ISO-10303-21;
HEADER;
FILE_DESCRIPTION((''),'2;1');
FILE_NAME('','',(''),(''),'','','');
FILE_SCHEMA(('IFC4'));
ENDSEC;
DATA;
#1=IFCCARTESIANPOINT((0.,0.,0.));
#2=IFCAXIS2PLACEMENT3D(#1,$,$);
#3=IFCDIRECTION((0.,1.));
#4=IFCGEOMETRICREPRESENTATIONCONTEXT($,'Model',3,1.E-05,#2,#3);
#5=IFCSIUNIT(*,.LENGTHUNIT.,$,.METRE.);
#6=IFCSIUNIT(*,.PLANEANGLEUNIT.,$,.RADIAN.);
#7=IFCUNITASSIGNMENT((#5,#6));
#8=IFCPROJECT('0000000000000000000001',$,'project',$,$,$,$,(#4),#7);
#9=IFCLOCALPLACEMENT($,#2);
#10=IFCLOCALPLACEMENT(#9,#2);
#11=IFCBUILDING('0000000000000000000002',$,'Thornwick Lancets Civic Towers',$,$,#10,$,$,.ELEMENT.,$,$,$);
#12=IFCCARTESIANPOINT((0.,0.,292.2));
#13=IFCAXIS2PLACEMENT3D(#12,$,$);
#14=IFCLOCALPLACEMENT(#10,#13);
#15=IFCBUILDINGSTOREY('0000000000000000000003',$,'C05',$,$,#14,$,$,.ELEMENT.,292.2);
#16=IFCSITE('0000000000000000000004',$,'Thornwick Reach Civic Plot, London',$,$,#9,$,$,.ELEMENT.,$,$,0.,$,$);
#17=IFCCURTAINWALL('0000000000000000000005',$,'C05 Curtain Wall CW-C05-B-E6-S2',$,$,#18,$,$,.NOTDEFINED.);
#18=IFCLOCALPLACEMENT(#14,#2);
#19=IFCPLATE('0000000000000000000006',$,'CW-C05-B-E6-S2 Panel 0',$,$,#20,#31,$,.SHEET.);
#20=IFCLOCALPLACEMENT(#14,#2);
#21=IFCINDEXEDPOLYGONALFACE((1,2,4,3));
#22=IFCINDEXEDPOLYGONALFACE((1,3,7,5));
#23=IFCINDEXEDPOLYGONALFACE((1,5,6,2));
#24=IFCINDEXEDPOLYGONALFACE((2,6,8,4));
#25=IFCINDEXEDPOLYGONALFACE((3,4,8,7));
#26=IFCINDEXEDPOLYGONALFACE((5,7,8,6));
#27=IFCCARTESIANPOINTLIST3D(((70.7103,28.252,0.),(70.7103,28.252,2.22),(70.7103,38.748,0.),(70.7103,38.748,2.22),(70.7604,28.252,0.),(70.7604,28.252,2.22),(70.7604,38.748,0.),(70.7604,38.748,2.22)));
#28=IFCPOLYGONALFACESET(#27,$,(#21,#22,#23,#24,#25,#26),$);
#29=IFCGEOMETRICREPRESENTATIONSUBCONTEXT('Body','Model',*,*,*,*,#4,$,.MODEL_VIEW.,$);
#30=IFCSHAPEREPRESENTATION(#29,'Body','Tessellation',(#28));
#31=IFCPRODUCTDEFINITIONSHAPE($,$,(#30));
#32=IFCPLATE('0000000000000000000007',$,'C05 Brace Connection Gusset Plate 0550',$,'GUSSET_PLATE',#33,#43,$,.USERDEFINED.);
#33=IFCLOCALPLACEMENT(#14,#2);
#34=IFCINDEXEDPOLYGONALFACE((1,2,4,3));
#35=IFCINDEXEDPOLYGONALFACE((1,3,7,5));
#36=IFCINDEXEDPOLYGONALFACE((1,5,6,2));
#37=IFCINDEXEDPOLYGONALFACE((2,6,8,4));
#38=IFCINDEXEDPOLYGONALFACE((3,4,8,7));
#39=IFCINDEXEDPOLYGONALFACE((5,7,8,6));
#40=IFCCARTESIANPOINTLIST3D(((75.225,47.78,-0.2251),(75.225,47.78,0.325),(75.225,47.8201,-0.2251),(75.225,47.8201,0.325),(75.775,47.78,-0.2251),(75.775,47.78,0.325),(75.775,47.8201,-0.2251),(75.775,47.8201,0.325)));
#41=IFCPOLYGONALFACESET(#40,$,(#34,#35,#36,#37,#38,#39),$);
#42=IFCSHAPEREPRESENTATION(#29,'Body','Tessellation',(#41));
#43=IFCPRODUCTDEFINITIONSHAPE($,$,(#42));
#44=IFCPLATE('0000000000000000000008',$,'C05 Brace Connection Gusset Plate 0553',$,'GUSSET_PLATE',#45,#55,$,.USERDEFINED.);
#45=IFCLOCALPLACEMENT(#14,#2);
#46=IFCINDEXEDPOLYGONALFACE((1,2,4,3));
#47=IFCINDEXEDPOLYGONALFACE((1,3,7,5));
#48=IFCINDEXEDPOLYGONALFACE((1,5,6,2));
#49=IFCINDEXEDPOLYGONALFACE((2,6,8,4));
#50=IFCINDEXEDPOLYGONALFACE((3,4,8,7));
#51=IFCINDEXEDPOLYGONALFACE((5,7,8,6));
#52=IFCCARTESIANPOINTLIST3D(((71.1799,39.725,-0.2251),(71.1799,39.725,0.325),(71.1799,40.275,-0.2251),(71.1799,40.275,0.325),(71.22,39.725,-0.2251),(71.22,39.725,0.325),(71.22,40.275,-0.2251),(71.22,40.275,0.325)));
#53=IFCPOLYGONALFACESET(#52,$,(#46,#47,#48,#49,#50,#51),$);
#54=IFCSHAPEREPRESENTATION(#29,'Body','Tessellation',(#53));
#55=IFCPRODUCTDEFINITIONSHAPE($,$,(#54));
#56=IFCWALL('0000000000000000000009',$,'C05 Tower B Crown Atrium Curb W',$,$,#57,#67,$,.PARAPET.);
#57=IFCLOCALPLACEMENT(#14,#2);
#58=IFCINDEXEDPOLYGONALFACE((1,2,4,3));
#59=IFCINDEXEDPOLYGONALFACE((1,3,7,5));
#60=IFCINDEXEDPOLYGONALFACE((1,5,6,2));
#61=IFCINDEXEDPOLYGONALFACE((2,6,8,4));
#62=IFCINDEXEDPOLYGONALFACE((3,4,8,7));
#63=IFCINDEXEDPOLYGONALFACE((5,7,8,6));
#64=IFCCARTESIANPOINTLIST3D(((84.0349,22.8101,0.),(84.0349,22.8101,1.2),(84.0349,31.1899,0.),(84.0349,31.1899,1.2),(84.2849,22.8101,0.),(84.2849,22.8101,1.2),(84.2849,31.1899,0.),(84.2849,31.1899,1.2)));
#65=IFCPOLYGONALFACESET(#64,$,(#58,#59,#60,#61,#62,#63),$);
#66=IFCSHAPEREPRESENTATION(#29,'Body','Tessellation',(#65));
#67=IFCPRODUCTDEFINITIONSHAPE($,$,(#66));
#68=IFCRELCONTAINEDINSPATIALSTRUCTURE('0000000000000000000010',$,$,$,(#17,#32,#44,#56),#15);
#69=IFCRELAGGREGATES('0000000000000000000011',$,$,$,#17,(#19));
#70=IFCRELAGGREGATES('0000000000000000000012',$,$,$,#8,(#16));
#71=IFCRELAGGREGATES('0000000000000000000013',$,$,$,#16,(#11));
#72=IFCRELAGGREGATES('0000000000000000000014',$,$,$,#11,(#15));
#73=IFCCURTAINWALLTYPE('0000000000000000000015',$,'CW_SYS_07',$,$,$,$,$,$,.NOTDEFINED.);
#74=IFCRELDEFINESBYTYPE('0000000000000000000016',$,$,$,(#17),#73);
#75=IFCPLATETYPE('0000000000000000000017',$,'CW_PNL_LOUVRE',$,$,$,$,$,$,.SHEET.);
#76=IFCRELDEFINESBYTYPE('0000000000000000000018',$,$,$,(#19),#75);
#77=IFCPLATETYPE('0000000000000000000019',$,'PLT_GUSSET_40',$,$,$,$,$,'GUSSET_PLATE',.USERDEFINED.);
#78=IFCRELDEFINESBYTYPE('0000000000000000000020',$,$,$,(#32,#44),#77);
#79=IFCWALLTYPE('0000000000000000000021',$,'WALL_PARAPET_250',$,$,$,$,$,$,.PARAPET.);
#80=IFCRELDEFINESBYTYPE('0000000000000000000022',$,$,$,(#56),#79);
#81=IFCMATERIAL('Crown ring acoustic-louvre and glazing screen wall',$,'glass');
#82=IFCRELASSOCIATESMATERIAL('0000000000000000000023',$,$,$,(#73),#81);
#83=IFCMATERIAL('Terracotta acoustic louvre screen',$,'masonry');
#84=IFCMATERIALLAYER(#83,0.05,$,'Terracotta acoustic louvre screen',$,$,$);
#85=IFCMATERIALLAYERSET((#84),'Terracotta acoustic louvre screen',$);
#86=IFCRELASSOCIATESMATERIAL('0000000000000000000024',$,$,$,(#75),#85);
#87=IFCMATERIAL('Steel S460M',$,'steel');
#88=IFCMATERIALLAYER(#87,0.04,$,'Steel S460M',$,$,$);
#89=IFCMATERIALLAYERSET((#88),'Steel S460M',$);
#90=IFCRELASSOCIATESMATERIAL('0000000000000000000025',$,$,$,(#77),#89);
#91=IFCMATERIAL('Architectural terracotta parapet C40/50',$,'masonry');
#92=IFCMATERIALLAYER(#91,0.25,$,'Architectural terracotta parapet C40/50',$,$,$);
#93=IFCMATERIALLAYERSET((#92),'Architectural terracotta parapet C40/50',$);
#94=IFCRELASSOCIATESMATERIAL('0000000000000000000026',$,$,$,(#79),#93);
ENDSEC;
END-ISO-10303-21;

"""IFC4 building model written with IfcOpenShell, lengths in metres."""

from ifc_helpers import new_model, si_unit, direction, frame, frame_2d, origin, origin_2d, place, context, subcontext, project, spatial, rectangle, extrude, material, layer, layer_set, type_object, element, aggregate, save


model = new_model("IFC4")

# Units and contexts
model_context = context("Model", 3, precision=1e-05, world=origin(), true_north=direction((0.0, 1.0)))
body_context = subcontext(model_context, "Body", "Model", "MODEL_VIEW")
ifc_project = project(units=[si_unit("LENGTHUNIT", "METRE"), si_unit("PLANEANGLEUNIT", "RADIAN")], contexts=[model_context])

# Site, building, storey
site_placement = place(None, origin())
site = spatial("IfcSite", under=ifc_project, at=site_placement, Name="Thornwick Reach Civic Plot, London", CompositionType="ELEMENT", RefElevation=0.0)
building_placement = place(site_placement, origin())
building = spatial("IfcBuilding", under=site, at=building_placement, Name="Thornwick Lancets Civic Towers", CompositionType="ELEMENT")
storey_placement = place(building_placement, frame((0.0, 0.0, 292.2)))
storey = spatial("IfcBuildingStorey", under=building, at=storey_placement, Name="C05", CompositionType="ELEMENT", Elevation=292.2)

# Curtain wall
ifc_material_1 = material(Name="Crown ring acoustic-louvre and glazing screen wall", Category="glass")
curtain_wall_type = type_object("IfcCurtainWallType", Name="CW_SYS_07", PredefinedType="NOTDEFINED", material=ifc_material_1)
curtain_wall_1_placement = place(storey_placement, origin())
curtain_wall_1 = element("IfcCurtainWall", 1, at=curtain_wall_1_placement, inside=storey, type_object=curtain_wall_type, Name="C05 Curtain Wall CW-C05-B-E6-S2", PredefinedType="NOTDEFINED")

# Shared definitions
ifc_material_2 = material(Name="Terracotta acoustic louvre screen", Category="masonry")
ifc_layer_1 = layer(ifc_material_2, 0.05, Name="Terracotta acoustic louvre screen")
ifc_layer_set_1 = layer_set([ifc_layer_1], Name="Terracotta acoustic louvre screen")
plate_type_1 = type_object("IfcPlateType", Name="CW_PNL_LOUVRE", PredefinedType="SHEET", material=ifc_layer_set_1)

# Plate
plate_1_placement = place(storey_placement, frame((70.7354, 33.5, 0.0), z_axis=(0.0, 0.0, 1.0), x_axis=(0.0, -1.0, 0.0)))
plate_1 = element("IfcPlate", 2, at=plate_1_placement, type_object=plate_type_1, Name="CW-C05-B-E6-S2 Panel 0", PredefinedType="SHEET", context=body_context, shape_type="SweptSolid", body=[
    extrude(rectangle(XDim=10.4961, YDim=0.05, at=origin_2d()), origin(), (0.0, 0.0, 1.0), 2.22),
])
aggregate(curtain_wall_1, [plate_1])

# Plates
ifc_material_3 = material(Name="Steel S460M", Category="steel")
ifc_layer_2 = layer(ifc_material_3, 0.04, Name="Steel S460M")
ifc_layer_set_2 = layer_set([ifc_layer_2], Name="Steel S460M")
plate_type_2 = type_object("IfcPlateType", Name="PLT_GUSSET_40", ElementType="GUSSET_PLATE", PredefinedType="USERDEFINED", material=ifc_layer_set_2)
for number, where, z_axis, x_axis, name in (
    (3, (75.5, 47.8, -0.2251), (0.0, 0.0, 1.0), (1.0, 0.0, 0.0), "C05 Brace Connection Gusset Plate 0550"),
    (4, (71.2, 40.0, -0.2251), (0.0, 0.0, 1.0), (0.0, -1.0, 0.0), "C05 Brace Connection Gusset Plate 0553"),
):
    element("IfcPlate", number, at=place(storey_placement, frame(where, z_axis=z_axis, x_axis=x_axis)), inside=storey, type_object=plate_type_2, Name=name, ObjectType="GUSSET_PLATE", PredefinedType="USERDEFINED", context=body_context, shape_type="SweptSolid", body=[
        extrude(rectangle(XDim=0.55, YDim=0.04, at=origin_2d()), origin(), (0.0, 0.0, 1.0), 0.55),
    ])

# Wall
ifc_material_4 = material(Name="Architectural terracotta parapet C40/50", Category="masonry")
ifc_layer_3 = layer(ifc_material_4, 0.25, Name="Architectural terracotta parapet C40/50")
ifc_layer_set_3 = layer_set([ifc_layer_3], Name="Architectural terracotta parapet C40/50")
wall_type = type_object("IfcWallType", Name="WALL_PARAPET_250", PredefinedType="PARAPET", material=ifc_layer_set_3)
wall_placement = place(storey_placement, frame((84.1599, 31.1899, 0.0), z_axis=(0.0, 0.0, 1.0), x_axis=(0.0, -1.0, 0.0)))
element("IfcWall", 5, at=wall_placement, inside=storey, type_object=wall_type, Name="C05 Tower B Crown Atrium Curb W", PredefinedType="PARAPET", context=body_context, shape_type="SweptSolid", body=[
    extrude(rectangle(XDim=8.3799, YDim=0.25, at=frame_2d((4.1899, 0.0))), origin(), (0.0, 0.0, 1.0), 1.2),
])

save(model, "model.ifc")
